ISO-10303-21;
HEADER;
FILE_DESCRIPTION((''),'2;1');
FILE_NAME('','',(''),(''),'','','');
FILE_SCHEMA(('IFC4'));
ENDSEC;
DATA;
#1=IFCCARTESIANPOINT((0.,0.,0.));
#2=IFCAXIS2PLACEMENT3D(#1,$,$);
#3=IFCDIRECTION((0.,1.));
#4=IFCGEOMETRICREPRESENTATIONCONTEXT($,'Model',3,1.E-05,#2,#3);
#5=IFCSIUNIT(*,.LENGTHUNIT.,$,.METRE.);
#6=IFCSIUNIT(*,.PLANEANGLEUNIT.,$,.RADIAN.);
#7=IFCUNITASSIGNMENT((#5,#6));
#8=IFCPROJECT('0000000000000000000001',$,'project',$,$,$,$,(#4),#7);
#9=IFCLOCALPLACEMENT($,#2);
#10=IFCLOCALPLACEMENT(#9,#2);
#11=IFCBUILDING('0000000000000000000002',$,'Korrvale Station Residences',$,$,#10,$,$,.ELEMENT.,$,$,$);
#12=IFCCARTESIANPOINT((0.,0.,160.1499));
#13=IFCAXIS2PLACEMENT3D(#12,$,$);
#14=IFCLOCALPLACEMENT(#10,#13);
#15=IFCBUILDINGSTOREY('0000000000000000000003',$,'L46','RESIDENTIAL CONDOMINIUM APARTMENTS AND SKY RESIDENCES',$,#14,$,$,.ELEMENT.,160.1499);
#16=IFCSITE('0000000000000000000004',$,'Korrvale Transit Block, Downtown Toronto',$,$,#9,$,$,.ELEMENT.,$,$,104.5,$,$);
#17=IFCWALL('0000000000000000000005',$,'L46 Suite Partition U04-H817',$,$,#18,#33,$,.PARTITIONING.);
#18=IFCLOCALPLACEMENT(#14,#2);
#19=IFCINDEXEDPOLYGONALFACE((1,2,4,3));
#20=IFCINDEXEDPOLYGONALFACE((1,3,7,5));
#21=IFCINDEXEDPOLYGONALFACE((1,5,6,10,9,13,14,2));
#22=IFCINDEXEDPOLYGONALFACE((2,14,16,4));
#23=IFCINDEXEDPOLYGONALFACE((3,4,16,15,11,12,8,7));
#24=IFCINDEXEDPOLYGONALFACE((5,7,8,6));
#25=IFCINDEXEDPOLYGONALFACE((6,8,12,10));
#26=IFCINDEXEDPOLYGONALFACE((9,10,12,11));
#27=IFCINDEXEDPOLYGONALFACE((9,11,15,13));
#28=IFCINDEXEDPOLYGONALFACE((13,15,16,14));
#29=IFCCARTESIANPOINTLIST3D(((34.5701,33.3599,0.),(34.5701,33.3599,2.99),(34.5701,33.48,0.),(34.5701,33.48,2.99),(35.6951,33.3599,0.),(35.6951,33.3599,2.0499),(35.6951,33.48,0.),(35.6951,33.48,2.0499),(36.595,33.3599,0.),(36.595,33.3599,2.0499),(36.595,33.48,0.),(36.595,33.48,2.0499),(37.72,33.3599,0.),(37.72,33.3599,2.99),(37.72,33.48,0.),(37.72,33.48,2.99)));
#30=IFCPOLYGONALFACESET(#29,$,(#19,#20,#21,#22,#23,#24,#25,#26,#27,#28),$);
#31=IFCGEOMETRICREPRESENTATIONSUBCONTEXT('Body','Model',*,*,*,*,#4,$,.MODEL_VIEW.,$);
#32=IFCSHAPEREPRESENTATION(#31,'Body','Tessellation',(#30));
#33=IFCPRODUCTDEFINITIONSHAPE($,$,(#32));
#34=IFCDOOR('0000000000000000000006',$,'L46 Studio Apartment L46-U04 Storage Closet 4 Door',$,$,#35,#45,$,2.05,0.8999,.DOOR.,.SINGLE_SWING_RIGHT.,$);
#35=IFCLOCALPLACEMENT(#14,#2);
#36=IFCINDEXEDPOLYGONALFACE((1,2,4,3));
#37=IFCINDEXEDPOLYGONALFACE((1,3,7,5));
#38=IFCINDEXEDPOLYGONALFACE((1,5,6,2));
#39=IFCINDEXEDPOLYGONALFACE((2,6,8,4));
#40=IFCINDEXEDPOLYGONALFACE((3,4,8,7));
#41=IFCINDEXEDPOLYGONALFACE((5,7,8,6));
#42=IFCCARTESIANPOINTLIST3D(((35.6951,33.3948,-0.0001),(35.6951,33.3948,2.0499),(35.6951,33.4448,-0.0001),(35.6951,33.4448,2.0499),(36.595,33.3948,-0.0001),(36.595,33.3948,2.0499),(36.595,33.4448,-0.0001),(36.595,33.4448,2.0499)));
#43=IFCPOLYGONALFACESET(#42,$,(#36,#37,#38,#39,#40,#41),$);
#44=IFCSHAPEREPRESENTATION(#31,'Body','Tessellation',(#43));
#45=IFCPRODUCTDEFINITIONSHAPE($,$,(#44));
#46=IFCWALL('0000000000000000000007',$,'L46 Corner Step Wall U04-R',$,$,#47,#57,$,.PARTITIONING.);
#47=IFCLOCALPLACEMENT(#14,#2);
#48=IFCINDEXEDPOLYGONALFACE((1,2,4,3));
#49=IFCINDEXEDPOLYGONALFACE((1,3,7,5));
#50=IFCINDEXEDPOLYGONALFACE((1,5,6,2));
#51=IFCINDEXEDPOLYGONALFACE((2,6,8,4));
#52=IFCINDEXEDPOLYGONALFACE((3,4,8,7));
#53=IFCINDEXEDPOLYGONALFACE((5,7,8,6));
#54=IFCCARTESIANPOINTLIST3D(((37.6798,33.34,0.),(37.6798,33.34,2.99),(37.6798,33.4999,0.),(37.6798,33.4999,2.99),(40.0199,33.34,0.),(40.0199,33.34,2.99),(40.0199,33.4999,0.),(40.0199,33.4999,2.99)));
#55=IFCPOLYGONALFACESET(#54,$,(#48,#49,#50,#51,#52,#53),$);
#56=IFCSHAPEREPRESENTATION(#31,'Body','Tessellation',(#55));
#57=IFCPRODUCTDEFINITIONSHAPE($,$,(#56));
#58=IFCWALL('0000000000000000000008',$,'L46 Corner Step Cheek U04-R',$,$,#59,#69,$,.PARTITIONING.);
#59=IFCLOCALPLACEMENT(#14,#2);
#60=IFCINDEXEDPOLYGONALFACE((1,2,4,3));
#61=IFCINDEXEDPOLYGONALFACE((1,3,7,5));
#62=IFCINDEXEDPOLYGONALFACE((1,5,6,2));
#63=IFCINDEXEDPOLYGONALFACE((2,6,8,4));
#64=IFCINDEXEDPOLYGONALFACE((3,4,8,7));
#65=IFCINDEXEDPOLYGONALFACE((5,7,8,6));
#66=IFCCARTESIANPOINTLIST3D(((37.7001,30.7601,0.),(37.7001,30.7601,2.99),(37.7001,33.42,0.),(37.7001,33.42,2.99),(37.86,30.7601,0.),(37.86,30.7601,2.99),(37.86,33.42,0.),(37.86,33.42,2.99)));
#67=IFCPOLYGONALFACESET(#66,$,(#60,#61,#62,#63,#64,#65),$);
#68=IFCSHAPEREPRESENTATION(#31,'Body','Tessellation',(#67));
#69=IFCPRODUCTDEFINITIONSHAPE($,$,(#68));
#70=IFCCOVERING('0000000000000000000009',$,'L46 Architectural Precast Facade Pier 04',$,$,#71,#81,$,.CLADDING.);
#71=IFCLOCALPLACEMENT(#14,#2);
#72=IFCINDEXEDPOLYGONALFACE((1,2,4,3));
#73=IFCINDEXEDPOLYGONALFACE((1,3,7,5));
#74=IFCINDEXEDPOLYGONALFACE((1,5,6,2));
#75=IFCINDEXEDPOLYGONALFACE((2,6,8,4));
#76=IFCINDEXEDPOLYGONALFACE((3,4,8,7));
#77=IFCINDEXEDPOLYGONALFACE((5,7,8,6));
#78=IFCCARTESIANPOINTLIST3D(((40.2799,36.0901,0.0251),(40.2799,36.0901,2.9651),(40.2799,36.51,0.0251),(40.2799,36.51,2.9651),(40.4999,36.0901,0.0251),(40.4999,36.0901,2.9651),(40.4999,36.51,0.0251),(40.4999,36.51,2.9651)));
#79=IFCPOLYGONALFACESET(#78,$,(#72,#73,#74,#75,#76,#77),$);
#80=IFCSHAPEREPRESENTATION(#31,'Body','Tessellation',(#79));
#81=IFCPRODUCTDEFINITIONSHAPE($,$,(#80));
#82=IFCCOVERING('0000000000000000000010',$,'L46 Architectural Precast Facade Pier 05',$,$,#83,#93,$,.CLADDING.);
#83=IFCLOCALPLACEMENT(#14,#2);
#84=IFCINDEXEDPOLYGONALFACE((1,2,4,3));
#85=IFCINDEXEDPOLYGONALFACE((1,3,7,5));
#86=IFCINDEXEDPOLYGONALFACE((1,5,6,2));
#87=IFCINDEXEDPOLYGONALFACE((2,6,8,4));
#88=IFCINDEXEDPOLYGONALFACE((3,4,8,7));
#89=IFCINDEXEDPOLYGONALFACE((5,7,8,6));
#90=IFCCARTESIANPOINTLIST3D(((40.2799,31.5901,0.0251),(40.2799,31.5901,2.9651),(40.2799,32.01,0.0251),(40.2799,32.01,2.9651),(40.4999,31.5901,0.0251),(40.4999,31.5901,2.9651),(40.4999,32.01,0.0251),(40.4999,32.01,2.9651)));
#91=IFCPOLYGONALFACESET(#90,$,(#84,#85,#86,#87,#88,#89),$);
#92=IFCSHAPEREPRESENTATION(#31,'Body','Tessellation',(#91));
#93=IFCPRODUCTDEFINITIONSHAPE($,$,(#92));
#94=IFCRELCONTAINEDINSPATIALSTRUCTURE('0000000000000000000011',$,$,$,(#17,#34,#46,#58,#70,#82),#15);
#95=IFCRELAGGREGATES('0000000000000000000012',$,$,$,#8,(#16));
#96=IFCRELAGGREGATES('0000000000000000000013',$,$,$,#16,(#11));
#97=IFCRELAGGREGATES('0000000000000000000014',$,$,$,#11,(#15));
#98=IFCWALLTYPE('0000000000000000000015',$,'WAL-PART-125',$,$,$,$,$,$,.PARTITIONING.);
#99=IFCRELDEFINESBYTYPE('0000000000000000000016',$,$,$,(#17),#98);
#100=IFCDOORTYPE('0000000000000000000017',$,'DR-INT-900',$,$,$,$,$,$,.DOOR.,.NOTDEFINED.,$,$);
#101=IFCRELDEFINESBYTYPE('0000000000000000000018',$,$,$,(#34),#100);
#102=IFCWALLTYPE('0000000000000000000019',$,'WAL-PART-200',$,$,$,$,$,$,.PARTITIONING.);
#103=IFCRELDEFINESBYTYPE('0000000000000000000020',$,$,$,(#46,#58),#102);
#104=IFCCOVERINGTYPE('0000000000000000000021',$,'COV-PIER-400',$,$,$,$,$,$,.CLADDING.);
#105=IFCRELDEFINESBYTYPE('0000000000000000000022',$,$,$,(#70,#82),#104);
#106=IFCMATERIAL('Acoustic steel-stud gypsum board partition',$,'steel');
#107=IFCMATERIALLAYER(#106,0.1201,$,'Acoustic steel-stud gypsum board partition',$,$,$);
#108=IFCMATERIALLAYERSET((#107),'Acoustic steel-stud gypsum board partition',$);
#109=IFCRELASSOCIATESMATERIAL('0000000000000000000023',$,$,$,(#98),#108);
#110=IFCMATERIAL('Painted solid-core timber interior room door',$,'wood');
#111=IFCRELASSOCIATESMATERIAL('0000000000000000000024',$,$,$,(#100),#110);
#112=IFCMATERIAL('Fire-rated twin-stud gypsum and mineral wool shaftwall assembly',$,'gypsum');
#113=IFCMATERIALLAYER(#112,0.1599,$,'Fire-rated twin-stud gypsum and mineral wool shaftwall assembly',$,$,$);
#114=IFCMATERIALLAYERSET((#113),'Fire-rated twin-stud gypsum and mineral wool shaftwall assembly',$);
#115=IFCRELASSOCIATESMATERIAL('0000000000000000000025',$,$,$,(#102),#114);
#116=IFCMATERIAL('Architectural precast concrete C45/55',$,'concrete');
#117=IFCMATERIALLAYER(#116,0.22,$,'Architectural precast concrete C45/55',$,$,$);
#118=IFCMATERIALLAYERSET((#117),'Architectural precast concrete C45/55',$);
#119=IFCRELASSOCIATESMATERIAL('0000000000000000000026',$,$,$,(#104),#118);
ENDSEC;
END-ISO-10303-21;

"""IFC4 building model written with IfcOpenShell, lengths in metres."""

from ifc_helpers import new_model, si_unit, direction, frame, frame_2d, origin, origin_2d, place, context, subcontext, project, spatial, rectangle, extrude, material, layer, layer_set, type_object, element, fill, save


model = new_model("IFC4")

# Units and contexts
model_context = context("Model", 3, precision=1e-05, world=origin(), true_north=direction((0.0, 1.0)))
body_context = subcontext(model_context, "Body", "Model", "MODEL_VIEW")
ifc_project = project(units=[si_unit("LENGTHUNIT", "METRE"), si_unit("PLANEANGLEUNIT", "RADIAN")], contexts=[model_context])

# Site, building, storey
site_placement = place(None, origin())
site = spatial("IfcSite", under=ifc_project, at=site_placement, Name="Korrvale Transit Block, Downtown Toronto", CompositionType="ELEMENT", RefElevation=104.5)
building_placement = place(site_placement, origin())
building = spatial("IfcBuilding", under=site, at=building_placement, Name="Korrvale Station Residences", CompositionType="ELEMENT")
storey_placement = place(building_placement, frame((0.0, 0.0, 160.1499)))
storey = spatial("IfcBuildingStorey", under=building, at=storey_placement, Name="L46", Description="RESIDENTIAL CONDOMINIUM APARTMENTS AND SKY RESIDENCES", CompositionType="ELEMENT", Elevation=160.1499)

# Wall, opening, door
ifc_material_1 = material(Name="Acoustic steel-stud gypsum board partition", Category="steel")
ifc_layer_1 = layer(ifc_material_1, 0.1201, Name="Acoustic steel-stud gypsum board partition")
ifc_layer_set_1 = layer_set([ifc_layer_1], Name="Acoustic steel-stud gypsum board partition")
wall_type_1 = type_object("IfcWallType", Name="WAL-PART-125", PredefinedType="PARTITIONING", material=ifc_layer_set_1)
ifc_material_2 = material(Name="Painted solid-core timber interior room door", Category="wood")
door_type = type_object("IfcDoorType", Name="DR-INT-900", OperationType="NOTDEFINED", PredefinedType="DOOR", material=ifc_material_2)
wall_1_placement = place(storey_placement, frame((34.5701, 33.4199, 0.0), z_axis=(0.0, 0.0, 1.0), x_axis=(1.0, 0.0, 0.0)))
wall_1 = element("IfcWall", 1, at=wall_1_placement, inside=storey, type_object=wall_type_1, Name="L46 Suite Partition U04-H817", PredefinedType="PARTITIONING", context=body_context, shape_type="SweptSolid", body=[
    extrude(rectangle(XDim=3.1499, YDim=0.1201, at=frame_2d((1.575, 0.0))), origin(), (0.0, 0.0, 1.0), 2.99),
])
opening_1_placement = place(wall_1_placement, frame((1.125, 0.0, 0.0)))
opening_1 = element("IfcOpeningElement", 2, at=opening_1_placement, cuts=wall_1, PredefinedType="OPENING", context=body_context, shape_type="SweptSolid", body=[
    extrude(rectangle(XDim=0.8999, YDim=2.05, at=frame_2d((0.45, 1.0249))), frame((0.0, 0.0701, 0.0), z_axis=(0.0, -1.0, 0.0), x_axis=(1.0, 0.0, 0.0)), (0.0, 0.0, 1.0), 0.1401),
])
door_1_placement = place(opening_1_placement, origin())
door_1 = element("IfcDoor", 3, at=door_1_placement, inside=storey, type_object=door_type, Name="L46 Studio Apartment L46-U04 Storage Closet 4 Door", OperationType="SINGLE_SWING_RIGHT", OverallHeight=2.05, OverallWidth=0.8999, PredefinedType="DOOR", context=body_context, shape_type="SweptSolid", body=[
    extrude(rectangle(XDim=0.8999, YDim=2.05, at=frame_2d((0.45, 1.0249))), frame((0.0, 0.0249, 0.0), z_axis=(0.0, -1.0, 0.0), x_axis=(1.0, 0.0, 0.0)), (0.0, 0.0, 1.0), 0.05),
])
fill(opening_1, door_1)

# Walls
ifc_material_3 = material(Name="Fire-rated twin-stud gypsum and mineral wool shaftwall assembly", Category="gypsum")
ifc_layer_2 = layer(ifc_material_3, 0.1599, Name="Fire-rated twin-stud gypsum and mineral wool shaftwall assembly")
ifc_layer_set_2 = layer_set([ifc_layer_2], Name="Fire-rated twin-stud gypsum and mineral wool shaftwall assembly")
wall_type_2 = type_object("IfcWallType", Name="WAL-PART-200", PredefinedType="PARTITIONING", material=ifc_layer_set_2)
wall_2_placement = place(storey_placement, frame((37.6799, 33.4199, 0.0), z_axis=(0.0, 0.0, 1.0), x_axis=(1.0, 0.0, 0.0)))
element("IfcWall", 4, at=wall_2_placement, inside=storey, type_object=wall_type_2, Name="L46 Corner Step Wall U04-R", PredefinedType="PARTITIONING", context=body_context, shape_type="SweptSolid", body=[
    extrude(rectangle(XDim=2.3401, YDim=0.1599, at=frame_2d((1.1699, 0.0))), origin(), (0.0, 0.0, 1.0), 2.99),
])
wall_3_placement = place(storey_placement, frame((37.78, 30.76, 0.0), z_axis=(0.0, 0.0, 1.0), x_axis=(0.0, 1.0, 0.0)))
element("IfcWall", 5, at=wall_3_placement, inside=storey, type_object=wall_type_2, Name="L46 Corner Step Cheek U04-R", PredefinedType="PARTITIONING", context=body_context, shape_type="SweptSolid", body=[
    extrude(rectangle(XDim=2.6599, YDim=0.1599, at=frame_2d((1.3301, 0.0))), origin(), (0.0, 0.0, 1.0), 2.99),
])

# Coverings
ifc_material_4 = material(Name="Architectural precast concrete C45/55", Category="concrete")
ifc_layer_3 = layer(ifc_material_4, 0.22, Name="Architectural precast concrete C45/55")
ifc_layer_set_3 = layer_set([ifc_layer_3], Name="Architectural precast concrete C45/55")
covering_type = type_object("IfcCoveringType", Name="COV-PIER-400", PredefinedType="CLADDING", material=ifc_layer_set_3)
for number, where, z_axis, x_axis, name in (
    (6, (40.3899, 36.3, 0.0251), (0.0, 0.0, 1.0), (0.0, 1.0, 0.0), "L46 Architectural Precast Facade Pier 04"),
    (7, (40.3899, 31.8, 0.0251), (0.0, 0.0, 1.0), (0.0, 1.0, 0.0), "L46 Architectural Precast Facade Pier 05"),
):
    element("IfcCovering", number, at=place(storey_placement, frame(where, z_axis=z_axis, x_axis=x_axis)), inside=storey, type_object=covering_type, Name=name, PredefinedType="CLADDING", context=body_context, shape_type="SweptSolid", body=[
        extrude(rectangle(XDim=0.4199, YDim=0.22, at=origin_2d()), origin(), (0.0, 0.0, 1.0), 2.9399),
    ])

save(model, "model.ifc")
